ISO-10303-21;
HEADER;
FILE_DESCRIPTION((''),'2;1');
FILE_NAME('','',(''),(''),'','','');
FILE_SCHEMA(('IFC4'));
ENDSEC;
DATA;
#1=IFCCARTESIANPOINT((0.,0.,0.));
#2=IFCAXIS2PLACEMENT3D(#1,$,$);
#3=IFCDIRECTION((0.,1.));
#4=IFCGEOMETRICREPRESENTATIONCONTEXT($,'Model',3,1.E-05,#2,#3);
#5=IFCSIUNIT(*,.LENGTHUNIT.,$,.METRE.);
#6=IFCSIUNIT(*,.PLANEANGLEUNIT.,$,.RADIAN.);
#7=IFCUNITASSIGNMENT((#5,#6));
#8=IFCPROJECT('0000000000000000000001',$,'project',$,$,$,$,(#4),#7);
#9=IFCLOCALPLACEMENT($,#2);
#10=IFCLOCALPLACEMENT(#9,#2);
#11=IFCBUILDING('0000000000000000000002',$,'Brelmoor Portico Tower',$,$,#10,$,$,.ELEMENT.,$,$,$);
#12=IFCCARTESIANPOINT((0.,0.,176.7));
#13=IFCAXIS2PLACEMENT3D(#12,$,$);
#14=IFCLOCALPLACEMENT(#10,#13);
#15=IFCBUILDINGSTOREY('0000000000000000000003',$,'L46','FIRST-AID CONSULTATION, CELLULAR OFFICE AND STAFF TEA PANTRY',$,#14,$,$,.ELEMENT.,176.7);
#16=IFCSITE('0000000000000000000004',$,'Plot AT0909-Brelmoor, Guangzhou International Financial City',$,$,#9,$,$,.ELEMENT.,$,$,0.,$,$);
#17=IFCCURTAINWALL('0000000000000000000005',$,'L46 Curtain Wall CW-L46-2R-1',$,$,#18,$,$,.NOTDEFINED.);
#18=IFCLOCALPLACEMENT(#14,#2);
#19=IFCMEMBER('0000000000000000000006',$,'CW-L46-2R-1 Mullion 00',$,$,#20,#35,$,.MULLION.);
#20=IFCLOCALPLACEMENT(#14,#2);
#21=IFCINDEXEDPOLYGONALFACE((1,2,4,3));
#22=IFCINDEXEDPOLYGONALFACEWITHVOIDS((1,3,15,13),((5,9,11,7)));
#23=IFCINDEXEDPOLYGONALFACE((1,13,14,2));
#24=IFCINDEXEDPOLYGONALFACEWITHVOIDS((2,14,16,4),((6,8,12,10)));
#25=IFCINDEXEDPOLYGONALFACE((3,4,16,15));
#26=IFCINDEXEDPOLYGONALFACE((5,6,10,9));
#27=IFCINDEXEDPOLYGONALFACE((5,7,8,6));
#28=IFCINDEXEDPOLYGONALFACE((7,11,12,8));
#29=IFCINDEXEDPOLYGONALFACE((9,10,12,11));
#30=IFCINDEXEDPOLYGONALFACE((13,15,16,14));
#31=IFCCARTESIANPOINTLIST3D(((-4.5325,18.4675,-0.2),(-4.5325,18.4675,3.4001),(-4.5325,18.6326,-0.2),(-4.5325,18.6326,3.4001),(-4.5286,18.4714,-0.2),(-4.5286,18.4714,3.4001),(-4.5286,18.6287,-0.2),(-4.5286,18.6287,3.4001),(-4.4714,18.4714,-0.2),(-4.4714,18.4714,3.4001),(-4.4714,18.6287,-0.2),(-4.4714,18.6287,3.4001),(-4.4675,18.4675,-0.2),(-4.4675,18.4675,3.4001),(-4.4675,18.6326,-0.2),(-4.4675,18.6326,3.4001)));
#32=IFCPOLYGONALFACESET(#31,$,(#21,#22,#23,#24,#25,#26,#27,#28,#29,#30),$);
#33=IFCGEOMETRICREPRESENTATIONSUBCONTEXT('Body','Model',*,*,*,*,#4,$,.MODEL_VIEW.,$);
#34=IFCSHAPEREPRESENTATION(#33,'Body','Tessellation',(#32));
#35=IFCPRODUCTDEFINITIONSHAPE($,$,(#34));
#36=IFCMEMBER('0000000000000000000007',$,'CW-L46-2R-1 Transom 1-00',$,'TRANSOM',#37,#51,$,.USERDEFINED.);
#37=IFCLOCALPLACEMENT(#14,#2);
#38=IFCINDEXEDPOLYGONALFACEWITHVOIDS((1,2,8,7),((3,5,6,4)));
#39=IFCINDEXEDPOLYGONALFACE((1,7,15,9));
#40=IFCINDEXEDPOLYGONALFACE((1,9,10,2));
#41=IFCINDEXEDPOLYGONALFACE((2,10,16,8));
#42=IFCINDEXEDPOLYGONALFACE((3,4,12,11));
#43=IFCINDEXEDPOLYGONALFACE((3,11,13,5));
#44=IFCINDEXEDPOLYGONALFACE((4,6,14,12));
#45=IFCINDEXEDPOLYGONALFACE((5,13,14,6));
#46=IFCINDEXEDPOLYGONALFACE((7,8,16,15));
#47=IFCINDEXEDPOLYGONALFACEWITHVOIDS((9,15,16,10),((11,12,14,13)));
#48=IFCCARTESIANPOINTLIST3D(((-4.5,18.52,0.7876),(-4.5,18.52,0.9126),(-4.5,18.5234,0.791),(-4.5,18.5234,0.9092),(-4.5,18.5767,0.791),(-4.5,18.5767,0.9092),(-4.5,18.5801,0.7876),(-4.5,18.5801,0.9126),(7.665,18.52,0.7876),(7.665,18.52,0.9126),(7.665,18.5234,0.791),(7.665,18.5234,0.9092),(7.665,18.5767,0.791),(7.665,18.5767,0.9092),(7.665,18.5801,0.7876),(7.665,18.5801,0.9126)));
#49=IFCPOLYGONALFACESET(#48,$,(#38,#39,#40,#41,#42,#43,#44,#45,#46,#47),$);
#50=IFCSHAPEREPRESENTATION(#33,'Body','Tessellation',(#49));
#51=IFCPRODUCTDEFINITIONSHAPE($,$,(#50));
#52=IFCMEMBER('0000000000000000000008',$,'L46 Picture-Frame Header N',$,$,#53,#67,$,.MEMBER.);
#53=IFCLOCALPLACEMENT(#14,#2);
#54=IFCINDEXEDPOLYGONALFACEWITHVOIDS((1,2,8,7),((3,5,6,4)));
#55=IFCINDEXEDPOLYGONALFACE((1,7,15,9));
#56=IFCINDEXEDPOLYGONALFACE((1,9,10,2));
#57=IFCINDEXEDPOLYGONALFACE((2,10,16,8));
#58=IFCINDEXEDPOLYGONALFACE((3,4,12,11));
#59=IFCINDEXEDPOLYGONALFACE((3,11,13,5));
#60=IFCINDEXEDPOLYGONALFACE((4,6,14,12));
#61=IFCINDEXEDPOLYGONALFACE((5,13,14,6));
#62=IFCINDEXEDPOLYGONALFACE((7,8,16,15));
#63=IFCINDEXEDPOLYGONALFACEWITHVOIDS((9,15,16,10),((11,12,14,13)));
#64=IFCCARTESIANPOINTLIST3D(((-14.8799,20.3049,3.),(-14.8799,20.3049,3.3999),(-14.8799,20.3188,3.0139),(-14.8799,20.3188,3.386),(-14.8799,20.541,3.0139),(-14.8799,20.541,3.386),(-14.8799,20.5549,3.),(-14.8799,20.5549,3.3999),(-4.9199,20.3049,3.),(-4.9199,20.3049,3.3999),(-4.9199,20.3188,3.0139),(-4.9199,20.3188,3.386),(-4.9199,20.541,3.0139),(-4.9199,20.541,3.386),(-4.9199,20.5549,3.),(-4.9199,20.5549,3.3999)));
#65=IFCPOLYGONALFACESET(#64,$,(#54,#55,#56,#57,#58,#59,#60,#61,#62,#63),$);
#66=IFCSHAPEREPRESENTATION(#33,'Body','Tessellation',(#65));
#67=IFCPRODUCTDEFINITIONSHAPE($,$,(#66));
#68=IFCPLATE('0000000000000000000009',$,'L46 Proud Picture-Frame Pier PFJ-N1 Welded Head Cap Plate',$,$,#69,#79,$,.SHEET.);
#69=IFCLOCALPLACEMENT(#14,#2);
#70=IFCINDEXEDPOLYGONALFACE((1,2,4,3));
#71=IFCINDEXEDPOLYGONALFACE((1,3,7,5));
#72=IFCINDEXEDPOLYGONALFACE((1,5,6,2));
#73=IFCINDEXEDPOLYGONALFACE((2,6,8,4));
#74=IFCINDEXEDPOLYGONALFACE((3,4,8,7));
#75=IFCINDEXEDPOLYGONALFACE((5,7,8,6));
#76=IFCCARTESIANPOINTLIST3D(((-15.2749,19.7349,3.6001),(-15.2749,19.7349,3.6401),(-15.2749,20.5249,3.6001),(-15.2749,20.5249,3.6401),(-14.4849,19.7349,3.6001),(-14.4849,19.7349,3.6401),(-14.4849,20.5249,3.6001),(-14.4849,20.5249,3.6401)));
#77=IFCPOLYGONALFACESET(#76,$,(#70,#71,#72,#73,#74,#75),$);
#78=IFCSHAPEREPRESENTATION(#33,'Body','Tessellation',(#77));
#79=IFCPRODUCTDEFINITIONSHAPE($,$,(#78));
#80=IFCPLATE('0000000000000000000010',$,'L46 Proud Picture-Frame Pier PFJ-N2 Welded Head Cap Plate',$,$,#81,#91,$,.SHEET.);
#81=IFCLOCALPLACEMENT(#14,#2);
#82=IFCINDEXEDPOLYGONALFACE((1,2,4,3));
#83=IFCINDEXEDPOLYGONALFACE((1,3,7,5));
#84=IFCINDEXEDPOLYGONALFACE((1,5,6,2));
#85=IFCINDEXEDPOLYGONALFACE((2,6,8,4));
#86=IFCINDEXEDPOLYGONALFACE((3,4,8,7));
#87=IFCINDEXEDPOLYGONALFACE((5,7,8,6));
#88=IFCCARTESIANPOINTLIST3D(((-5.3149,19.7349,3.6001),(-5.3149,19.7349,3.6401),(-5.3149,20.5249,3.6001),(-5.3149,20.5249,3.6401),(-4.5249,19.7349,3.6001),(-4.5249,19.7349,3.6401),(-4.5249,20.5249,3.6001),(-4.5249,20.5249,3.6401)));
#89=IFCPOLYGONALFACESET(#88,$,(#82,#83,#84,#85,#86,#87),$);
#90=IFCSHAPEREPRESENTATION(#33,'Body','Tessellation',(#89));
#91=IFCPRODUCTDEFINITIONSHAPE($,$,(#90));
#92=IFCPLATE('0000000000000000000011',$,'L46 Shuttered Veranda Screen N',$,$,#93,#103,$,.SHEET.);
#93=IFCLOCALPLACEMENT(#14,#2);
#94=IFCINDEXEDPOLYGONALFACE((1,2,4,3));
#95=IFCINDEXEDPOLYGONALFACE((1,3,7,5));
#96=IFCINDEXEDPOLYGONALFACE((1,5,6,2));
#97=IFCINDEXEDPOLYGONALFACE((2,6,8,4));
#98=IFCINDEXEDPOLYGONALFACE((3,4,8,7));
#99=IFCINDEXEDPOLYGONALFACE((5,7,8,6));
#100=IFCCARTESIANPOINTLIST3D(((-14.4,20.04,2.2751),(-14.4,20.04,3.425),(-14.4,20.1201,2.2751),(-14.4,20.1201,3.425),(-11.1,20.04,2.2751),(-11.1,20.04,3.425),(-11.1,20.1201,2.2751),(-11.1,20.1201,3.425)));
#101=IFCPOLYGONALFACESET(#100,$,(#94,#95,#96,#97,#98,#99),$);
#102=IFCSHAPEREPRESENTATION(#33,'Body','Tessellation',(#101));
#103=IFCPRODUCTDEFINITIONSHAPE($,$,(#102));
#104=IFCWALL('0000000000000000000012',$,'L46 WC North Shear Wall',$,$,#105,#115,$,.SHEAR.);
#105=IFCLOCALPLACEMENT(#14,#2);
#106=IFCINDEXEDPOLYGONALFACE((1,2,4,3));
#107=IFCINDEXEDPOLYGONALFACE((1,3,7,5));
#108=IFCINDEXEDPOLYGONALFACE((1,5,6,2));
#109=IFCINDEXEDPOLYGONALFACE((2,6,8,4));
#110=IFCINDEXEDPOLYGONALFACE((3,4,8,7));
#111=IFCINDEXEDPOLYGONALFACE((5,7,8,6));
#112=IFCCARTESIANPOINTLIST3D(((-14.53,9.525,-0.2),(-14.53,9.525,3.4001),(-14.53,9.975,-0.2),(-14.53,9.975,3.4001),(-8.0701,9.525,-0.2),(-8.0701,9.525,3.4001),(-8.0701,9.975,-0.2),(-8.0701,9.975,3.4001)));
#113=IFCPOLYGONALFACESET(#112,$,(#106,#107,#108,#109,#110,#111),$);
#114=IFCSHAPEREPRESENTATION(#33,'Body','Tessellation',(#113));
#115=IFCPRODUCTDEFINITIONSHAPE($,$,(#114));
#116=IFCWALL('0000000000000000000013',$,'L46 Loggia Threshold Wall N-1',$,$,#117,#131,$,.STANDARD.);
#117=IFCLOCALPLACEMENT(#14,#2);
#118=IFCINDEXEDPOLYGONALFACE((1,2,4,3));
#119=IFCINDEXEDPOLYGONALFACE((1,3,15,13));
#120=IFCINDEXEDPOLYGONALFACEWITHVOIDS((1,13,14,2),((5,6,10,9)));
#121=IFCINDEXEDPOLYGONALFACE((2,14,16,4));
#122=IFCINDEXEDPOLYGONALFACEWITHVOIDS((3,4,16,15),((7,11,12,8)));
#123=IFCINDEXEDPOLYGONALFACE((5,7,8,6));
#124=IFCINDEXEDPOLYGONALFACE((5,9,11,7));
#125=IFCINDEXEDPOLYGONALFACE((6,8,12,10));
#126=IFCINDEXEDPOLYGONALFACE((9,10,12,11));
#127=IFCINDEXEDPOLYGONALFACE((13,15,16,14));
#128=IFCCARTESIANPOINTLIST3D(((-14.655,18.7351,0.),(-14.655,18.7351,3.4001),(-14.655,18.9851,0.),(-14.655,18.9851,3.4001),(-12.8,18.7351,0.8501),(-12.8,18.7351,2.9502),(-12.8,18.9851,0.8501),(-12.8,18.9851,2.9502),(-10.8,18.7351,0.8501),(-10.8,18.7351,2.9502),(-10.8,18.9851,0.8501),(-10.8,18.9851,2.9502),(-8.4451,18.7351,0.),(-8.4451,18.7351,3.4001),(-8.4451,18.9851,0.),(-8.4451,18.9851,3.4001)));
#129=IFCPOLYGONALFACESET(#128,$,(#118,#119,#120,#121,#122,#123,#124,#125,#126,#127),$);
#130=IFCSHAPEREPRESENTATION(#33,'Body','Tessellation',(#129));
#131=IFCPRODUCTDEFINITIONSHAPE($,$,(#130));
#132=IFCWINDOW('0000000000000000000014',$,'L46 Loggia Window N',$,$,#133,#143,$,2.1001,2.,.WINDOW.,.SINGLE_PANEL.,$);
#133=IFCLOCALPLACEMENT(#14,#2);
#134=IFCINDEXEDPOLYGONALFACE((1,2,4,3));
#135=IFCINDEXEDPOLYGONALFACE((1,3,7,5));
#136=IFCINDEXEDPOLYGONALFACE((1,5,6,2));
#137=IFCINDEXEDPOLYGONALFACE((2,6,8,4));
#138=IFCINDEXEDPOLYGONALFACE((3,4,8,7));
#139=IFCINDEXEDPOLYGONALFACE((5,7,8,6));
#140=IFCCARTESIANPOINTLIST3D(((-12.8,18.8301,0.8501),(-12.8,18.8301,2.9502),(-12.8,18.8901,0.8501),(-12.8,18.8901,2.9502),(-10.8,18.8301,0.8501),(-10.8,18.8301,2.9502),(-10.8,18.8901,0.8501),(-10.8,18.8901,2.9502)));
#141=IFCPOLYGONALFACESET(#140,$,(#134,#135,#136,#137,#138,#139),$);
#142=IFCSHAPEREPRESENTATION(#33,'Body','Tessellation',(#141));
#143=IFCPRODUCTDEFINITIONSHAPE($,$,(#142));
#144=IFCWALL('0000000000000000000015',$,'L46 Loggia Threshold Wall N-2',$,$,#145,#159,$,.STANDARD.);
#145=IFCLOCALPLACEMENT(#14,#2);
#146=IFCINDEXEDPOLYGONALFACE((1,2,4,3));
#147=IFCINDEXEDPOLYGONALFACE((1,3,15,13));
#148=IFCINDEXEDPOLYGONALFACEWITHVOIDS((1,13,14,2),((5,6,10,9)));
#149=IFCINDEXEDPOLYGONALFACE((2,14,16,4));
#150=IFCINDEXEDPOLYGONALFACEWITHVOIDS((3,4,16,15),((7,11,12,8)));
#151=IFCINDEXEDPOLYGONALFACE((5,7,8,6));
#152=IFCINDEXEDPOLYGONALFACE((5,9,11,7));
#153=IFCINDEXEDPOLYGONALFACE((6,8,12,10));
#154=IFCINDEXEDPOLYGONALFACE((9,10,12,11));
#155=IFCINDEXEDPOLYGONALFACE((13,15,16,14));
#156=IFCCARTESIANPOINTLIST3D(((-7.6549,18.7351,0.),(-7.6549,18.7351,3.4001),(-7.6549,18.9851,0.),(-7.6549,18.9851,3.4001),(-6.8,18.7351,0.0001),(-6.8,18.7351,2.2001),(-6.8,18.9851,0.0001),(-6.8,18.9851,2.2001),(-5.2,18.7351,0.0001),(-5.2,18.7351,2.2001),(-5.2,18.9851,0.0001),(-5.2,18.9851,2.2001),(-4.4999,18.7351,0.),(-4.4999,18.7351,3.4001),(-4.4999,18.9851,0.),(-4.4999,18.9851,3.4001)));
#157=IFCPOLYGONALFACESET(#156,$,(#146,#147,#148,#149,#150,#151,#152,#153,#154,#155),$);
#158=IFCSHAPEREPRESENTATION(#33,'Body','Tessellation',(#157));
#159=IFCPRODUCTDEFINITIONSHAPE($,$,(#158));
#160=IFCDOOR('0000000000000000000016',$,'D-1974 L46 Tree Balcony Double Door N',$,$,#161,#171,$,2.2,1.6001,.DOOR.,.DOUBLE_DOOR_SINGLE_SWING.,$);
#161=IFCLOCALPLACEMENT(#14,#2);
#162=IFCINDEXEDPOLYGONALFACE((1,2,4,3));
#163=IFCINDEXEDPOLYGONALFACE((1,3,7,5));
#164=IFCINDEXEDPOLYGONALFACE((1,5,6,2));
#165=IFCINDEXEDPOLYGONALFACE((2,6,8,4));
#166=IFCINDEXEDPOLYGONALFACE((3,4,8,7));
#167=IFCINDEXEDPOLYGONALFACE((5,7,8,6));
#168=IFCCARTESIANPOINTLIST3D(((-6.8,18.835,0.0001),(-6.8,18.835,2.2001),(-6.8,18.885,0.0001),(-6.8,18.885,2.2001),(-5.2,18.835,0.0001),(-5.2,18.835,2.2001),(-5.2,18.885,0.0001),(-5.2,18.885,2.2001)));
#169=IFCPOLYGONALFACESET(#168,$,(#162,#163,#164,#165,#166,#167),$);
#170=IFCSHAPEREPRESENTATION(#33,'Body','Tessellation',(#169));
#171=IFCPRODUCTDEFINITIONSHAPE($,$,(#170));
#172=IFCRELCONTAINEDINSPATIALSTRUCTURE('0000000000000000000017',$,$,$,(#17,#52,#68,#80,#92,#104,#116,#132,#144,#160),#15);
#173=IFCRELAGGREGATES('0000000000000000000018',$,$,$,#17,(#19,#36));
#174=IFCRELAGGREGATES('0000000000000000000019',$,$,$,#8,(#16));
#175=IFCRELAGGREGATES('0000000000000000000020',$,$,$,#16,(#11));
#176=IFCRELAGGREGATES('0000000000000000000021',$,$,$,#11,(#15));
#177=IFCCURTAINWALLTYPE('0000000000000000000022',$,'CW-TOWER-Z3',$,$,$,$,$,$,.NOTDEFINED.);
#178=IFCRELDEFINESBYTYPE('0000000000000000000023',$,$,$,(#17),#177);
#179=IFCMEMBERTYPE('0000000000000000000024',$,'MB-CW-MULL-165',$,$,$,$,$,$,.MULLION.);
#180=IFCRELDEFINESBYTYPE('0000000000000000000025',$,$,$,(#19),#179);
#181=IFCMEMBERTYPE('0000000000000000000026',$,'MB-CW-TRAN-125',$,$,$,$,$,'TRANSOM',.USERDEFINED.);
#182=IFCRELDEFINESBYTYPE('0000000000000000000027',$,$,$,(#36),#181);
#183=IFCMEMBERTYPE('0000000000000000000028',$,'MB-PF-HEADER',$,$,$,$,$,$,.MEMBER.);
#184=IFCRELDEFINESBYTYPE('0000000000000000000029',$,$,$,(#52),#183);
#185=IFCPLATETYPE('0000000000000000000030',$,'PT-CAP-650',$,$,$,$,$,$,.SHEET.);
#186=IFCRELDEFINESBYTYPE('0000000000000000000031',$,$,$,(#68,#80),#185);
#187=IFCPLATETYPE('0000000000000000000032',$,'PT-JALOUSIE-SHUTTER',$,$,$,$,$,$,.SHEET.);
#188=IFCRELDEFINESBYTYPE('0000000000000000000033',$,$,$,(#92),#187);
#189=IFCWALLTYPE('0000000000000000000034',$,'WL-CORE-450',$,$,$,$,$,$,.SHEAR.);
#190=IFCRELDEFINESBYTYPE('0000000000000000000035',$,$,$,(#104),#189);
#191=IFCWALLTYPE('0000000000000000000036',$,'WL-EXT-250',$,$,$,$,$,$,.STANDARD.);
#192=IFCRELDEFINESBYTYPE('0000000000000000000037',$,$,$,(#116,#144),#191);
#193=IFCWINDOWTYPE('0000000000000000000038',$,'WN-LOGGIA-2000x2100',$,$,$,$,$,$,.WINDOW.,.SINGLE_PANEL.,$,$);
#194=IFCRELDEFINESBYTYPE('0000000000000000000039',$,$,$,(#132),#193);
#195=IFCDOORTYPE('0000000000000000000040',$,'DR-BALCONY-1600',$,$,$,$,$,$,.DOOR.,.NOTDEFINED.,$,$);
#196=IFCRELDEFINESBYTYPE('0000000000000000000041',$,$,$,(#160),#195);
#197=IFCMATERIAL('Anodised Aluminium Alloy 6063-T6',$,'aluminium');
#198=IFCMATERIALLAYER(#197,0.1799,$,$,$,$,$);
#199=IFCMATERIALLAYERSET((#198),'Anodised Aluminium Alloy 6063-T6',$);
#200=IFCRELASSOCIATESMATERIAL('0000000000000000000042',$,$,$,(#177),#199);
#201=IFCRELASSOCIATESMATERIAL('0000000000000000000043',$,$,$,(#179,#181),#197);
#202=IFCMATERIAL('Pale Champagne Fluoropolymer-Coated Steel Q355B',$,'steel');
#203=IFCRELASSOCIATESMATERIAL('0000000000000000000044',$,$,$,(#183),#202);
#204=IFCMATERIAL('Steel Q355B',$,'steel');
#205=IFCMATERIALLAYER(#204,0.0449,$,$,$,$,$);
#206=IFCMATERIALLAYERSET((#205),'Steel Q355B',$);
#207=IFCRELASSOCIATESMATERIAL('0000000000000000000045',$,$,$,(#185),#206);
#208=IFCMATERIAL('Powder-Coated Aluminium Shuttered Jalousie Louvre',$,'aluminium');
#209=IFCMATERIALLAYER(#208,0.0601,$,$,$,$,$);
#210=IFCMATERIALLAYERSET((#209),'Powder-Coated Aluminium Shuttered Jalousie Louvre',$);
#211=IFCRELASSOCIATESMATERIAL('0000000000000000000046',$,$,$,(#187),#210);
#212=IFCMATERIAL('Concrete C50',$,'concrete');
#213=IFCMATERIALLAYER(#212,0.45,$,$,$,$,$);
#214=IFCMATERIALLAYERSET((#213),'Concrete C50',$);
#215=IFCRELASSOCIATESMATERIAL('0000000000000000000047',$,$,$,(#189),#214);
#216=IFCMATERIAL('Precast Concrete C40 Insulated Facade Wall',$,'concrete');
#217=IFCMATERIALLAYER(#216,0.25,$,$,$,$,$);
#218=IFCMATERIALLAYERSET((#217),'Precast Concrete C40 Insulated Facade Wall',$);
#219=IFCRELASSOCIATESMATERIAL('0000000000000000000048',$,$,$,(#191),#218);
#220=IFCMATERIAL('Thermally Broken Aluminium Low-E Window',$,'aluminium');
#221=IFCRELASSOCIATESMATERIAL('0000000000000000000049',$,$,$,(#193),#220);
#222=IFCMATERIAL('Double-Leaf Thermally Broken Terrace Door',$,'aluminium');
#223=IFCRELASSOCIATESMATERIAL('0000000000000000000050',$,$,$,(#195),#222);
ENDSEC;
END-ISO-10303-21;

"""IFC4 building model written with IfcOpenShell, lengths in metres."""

from ifc_helpers import new_model, si_unit, direction, frame, frame_2d, origin, origin_2d, place, context, subcontext, project, spatial, rectangle, hollow_rectangle, extrude, material, layer, layer_set, material_profile, profile_set, type_object, element, fill, aggregate, save


model = new_model("IFC4")

# Units and contexts
model_context = context("Model", 3, precision=1e-05, world=origin(), true_north=direction((0.0, 1.0)))
body_context = subcontext(model_context, "Body", "Model", "MODEL_VIEW")
ifc_project = project(units=[si_unit("LENGTHUNIT", "METRE"), si_unit("PLANEANGLEUNIT", "RADIAN")], contexts=[model_context])

# Site, building, storey
site_placement = place(None, origin())
site = spatial("IfcSite", under=ifc_project, at=site_placement, Name="Plot AT0909-Brelmoor, Guangzhou International Financial City", CompositionType="ELEMENT", RefElevation=0.0)
building_placement = place(site_placement, origin())
building = spatial("IfcBuilding", under=site, at=building_placement, Name="Brelmoor Portico Tower", CompositionType="ELEMENT")
storey_placement = place(building_placement, frame((0.0, 0.0, 176.7)))
storey = spatial("IfcBuildingStorey", under=building, at=storey_placement, Name="L46", Description="FIRST-AID CONSULTATION, CELLULAR OFFICE AND STAFF TEA PANTRY", CompositionType="ELEMENT", Elevation=176.7)

# Shared definitions
ifc_material_1 = material(Name="Steel Q355B", Category="steel")

# Curtain wall, members
ifc_material_2 = material(Name="Anodised Aluminium Alloy 6063-T6", Category="aluminium")
ifc_layer_1 = layer(ifc_material_2, 0.1799)
ifc_layer_set_1 = layer_set([ifc_layer_1], Name="Anodised Aluminium Alloy 6063-T6")
curtain_wall_type = type_object("IfcCurtainWallType", Name="CW-TOWER-Z3", PredefinedType="NOTDEFINED", material=ifc_layer_set_1)
curtain_wall_placement = place(storey_placement, origin())
curtain_wall = element("IfcCurtainWall", 1, at=curtain_wall_placement, inside=storey, type_object=curtain_wall_type, Name="L46 Curtain Wall CW-L46-2R-1", PredefinedType="NOTDEFINED")
ifc_material_profile_1 = material_profile(ifc_material_2, hollow_rectangle(XDim=0.0649, YDim=0.165, WallThickness=0.0039, at=origin_2d()), Name="ALU MULLION 65x165")
ifc_profile_set_1 = profile_set([ifc_material_profile_1], Name="Anodised Aluminium Alloy 6063-T6")
member_type_1 = type_object("IfcMemberType", Name="MB-CW-MULL-165", PredefinedType="MULLION", material=ifc_profile_set_1)
member_1_placement = place(storey_placement, frame((-4.5, 18.55, -0.2), z_axis=(0.0, 0.0, 1.0), x_axis=(1.0, 0.0, 0.0)))
member_1 = element("IfcMember", 2, at=member_1_placement, type_object=member_type_1, Name="CW-L46-2R-1 Mullion 00", PredefinedType="MULLION", context=body_context, shape_type="SweptSolid", body=[
    extrude(hollow_rectangle(XDim=0.0649, YDim=0.165, WallThickness=0.0039, at=origin_2d()), origin(), (0.0, 0.0, 1.0), 3.6001),
])
ifc_material_profile_2 = material_profile(ifc_material_2, hollow_rectangle(XDim=0.0601, YDim=0.125, WallThickness=0.0034, at=origin_2d()), Name="ALU TRANSOM 60x125")
ifc_profile_set_2 = profile_set([ifc_material_profile_2], Name="Anodised Aluminium Alloy 6063-T6")
member_type_2 = type_object("IfcMemberType", Name="MB-CW-TRAN-125", ElementType="TRANSOM", PredefinedType="USERDEFINED", material=ifc_profile_set_2)
member_2_placement = place(storey_placement, frame((-4.5, 18.55, 0.8501), z_axis=(1.0, 0.0, 0.0), x_axis=(0.0, 1.0, 0.0)))
member_2 = element("IfcMember", 3, at=member_2_placement, type_object=member_type_2, Name="CW-L46-2R-1 Transom 1-00", ObjectType="TRANSOM", PredefinedType="USERDEFINED", context=body_context, shape_type="SweptSolid", body=[
    extrude(hollow_rectangle(XDim=0.0601, YDim=0.125, WallThickness=0.0034, at=origin_2d()), origin(), (0.0, 0.0, 1.0), 12.165),
])
aggregate(curtain_wall, [member_1, member_2])

# Member
ifc_material_3 = material(Name="Pale Champagne Fluoropolymer-Coated Steel Q355B", Category="steel")
ifc_material_profile_3 = material_profile(ifc_material_3, hollow_rectangle(XDim=0.25, YDim=0.3999, WallThickness=0.0139, at=origin_2d()), Name="RHS 250x400x14")
ifc_profile_set_3 = profile_set([ifc_material_profile_3], Name="Pale Champagne Fluoropolymer-Coated Steel Q355B")
member_type_3 = type_object("IfcMemberType", Name="MB-PF-HEADER", PredefinedType="MEMBER", material=ifc_profile_set_3)
member_3_placement = place(storey_placement, frame((-14.8799, 20.4299, 3.2), z_axis=(1.0, 0.0, 0.0), x_axis=(0.0, 1.0, 0.0)))
element("IfcMember", 4, at=member_3_placement, inside=storey, type_object=member_type_3, Name="L46 Picture-Frame Header N", PredefinedType="MEMBER", context=body_context, shape_type="SweptSolid", body=[
    extrude(hollow_rectangle(XDim=0.25, YDim=0.3999, WallThickness=0.0139, at=origin_2d()), origin(), (0.0, 0.0, 1.0), 9.96),
])

# Plates
ifc_layer_2 = layer(ifc_material_1, 0.0449)
ifc_layer_set_2 = layer_set([ifc_layer_2], Name="Steel Q355B")
plate_type_1 = type_object("IfcPlateType", Name="PT-CAP-650", PredefinedType="SHEET", material=ifc_layer_set_2)
for number, where, z_axis, x_axis, name in (
    (5, (-14.8799, 20.1299, 3.6001), (0.0, 0.0, 1.0), (1.0, 0.0, 0.0), "L46 Proud Picture-Frame Pier PFJ-N1 Welded Head Cap Plate"),
    (6, (-4.9199, 20.1299, 3.6001), (0.0, 0.0, 1.0), (1.0, 0.0, 0.0), "L46 Proud Picture-Frame Pier PFJ-N2 Welded Head Cap Plate"),
):
    element("IfcPlate", number, at=place(storey_placement, frame(where, z_axis=z_axis, x_axis=x_axis)), inside=storey, type_object=plate_type_1, Name=name, PredefinedType="SHEET", context=body_context, shape_type="SweptSolid", body=[
        extrude(rectangle(XDim=0.79, YDim=0.79, at=origin_2d()), origin(), (0.0, 0.0, 1.0), 0.04),
    ])
ifc_material_4 = material(Name="Powder-Coated Aluminium Shuttered Jalousie Louvre", Category="aluminium")
ifc_layer_3 = layer(ifc_material_4, 0.0601)
ifc_layer_set_3 = layer_set([ifc_layer_3], Name="Powder-Coated Aluminium Shuttered Jalousie Louvre")
plate_type_2 = type_object("IfcPlateType", Name="PT-JALOUSIE-SHUTTER", PredefinedType="SHEET", material=ifc_layer_set_3)
plate_placement = place(storey_placement, frame((-12.75, 20.0801, 2.2751), z_axis=(0.0, 0.0, 1.0), x_axis=(1.0, 0.0, 0.0)))
element("IfcPlate", 7, at=plate_placement, inside=storey, type_object=plate_type_2, Name="L46 Shuttered Veranda Screen N", PredefinedType="SHEET", context=body_context, shape_type="SweptSolid", body=[
    extrude(rectangle(XDim=3.3, YDim=0.0801, at=origin_2d()), origin(), (0.0, 0.0, 1.0), 1.1499),
])

# Wall
ifc_material_5 = material(Name="Concrete C50", Category="concrete")
ifc_layer_4 = layer(ifc_material_5, 0.45)
ifc_layer_set_4 = layer_set([ifc_layer_4], Name="Concrete C50")
wall_type_1 = type_object("IfcWallType", Name="WL-CORE-450", PredefinedType="SHEAR", material=ifc_layer_set_4)
wall_1_placement = place(storey_placement, frame((-14.53, 9.75, -0.2), z_axis=(0.0, 0.0, 1.0), x_axis=(1.0, 0.0, 0.0)))
element("IfcWall", 8, at=wall_1_placement, inside=storey, type_object=wall_type_1, Name="L46 WC North Shear Wall", PredefinedType="SHEAR", context=body_context, shape_type="SweptSolid", body=[
    extrude(rectangle(XDim=6.46, YDim=0.45, at=frame_2d((3.23, 0.0))), origin(), (0.0, 0.0, 1.0), 3.6001),
])

# Wall, opening, window
ifc_material_6 = material(Name="Precast Concrete C40 Insulated Facade Wall", Category="concrete")
ifc_layer_5 = layer(ifc_material_6, 0.25)
ifc_layer_set_5 = layer_set([ifc_layer_5], Name="Precast Concrete C40 Insulated Facade Wall")
wall_type_2 = type_object("IfcWallType", Name="WL-EXT-250", PredefinedType="STANDARD", material=ifc_layer_set_5)
wall_2_placement = place(storey_placement, frame((-14.655, 18.8601, 0.0), z_axis=(0.0, 0.0, 1.0), x_axis=(1.0, 0.0, 0.0)))
wall_2 = element("IfcWall", 9, at=wall_2_placement, inside=storey, type_object=wall_type_2, Name="L46 Loggia Threshold Wall N-1", PredefinedType="STANDARD", context=body_context, shape_type="SweptSolid", body=[
    extrude(rectangle(XDim=6.21, YDim=0.25, at=frame_2d((3.105, 0.0))), origin(), (0.0, 0.0, 1.0), 3.4001),
])
opening_1_placement = place(wall_2_placement, frame((1.855, 0.0, 0.8501)))
opening_1 = element("IfcOpeningElement", 10, at=opening_1_placement, cuts=wall_2, PredefinedType="OPENING", context=body_context, shape_type="SweptSolid", body=[
    extrude(rectangle(XDim=2.0, YDim=2.1001, at=frame_2d((1.0, 1.05))), frame((0.0, 0.135, 0.0), z_axis=(0.0, -1.0, 0.0), x_axis=(1.0, 0.0, 0.0)), (0.0, 0.0, 1.0), 0.27),
])
ifc_material_7 = material(Name="Thermally Broken Aluminium Low-E Window", Category="aluminium")
window_type = type_object("IfcWindowType", Name="WN-LOGGIA-2000x2100", PartitioningType="SINGLE_PANEL", PredefinedType="WINDOW", material=ifc_material_7)
window_placement = place(opening_1_placement, origin())
window = element("IfcWindow", 11, at=window_placement, inside=storey, type_object=window_type, Name="L46 Loggia Window N", OverallHeight=2.1001, OverallWidth=2.0, PartitioningType="SINGLE_PANEL", PredefinedType="WINDOW", context=body_context, shape_type="SweptSolid", body=[
    extrude(rectangle(XDim=2.0, YDim=2.1001, at=frame_2d((1.0, 1.05))), frame((0.0, 0.03, 0.0), z_axis=(0.0, -1.0, 0.0), x_axis=(1.0, 0.0, 0.0)), (0.0, 0.0, 1.0), 0.0601),
])
fill(opening_1, window)

# Wall, opening, door
wall_3_placement = place(storey_placement, frame((-7.655, 18.8601, 0.0), z_axis=(0.0, 0.0, 1.0), x_axis=(1.0, 0.0, 0.0)))
wall_3 = element("IfcWall", 12, at=wall_3_placement, inside=storey, type_object=wall_type_2, Name="L46 Loggia Threshold Wall N-2", PredefinedType="STANDARD", context=body_context, shape_type="SweptSolid", body=[
    extrude(rectangle(XDim=3.155, YDim=0.25, at=frame_2d((1.5776, 0.0))), origin(), (0.0, 0.0, 1.0), 3.4001),
])
opening_2_placement = place(wall_3_placement, frame((0.855, 0.0, 0.0)))
opening_2 = element("IfcOpeningElement", 13, at=opening_2_placement, cuts=wall_3, PredefinedType="OPENING", context=body_context, shape_type="SweptSolid", body=[
    extrude(rectangle(XDim=1.6001, YDim=2.2, at=frame_2d((0.8, 1.1001))), frame((0.0, 0.135, 0.0), z_axis=(0.0, -1.0, 0.0), x_axis=(1.0, 0.0, 0.0)), (0.0, 0.0, 1.0), 0.27),
])
ifc_material_8 = material(Name="Double-Leaf Thermally Broken Terrace Door", Category="aluminium")
door_type = type_object("IfcDoorType", Name="DR-BALCONY-1600", OperationType="NOTDEFINED", PredefinedType="DOOR", material=ifc_material_8)
door_placement = place(opening_2_placement, origin())
door = element("IfcDoor", 14, at=door_placement, inside=storey, type_object=door_type, Name="D-1974 L46 Tree Balcony Double Door N", OperationType="DOUBLE_DOOR_SINGLE_SWING", OverallHeight=2.2, OverallWidth=1.6001, PredefinedType="DOOR", context=body_context, shape_type="SweptSolid", body=[
    extrude(rectangle(XDim=1.6001, YDim=2.2, at=frame_2d((0.8, 1.1001))), frame((0.0, 0.0249, 0.0), z_axis=(0.0, -1.0, 0.0), x_axis=(1.0, 0.0, 0.0)), (0.0, 0.0, 1.0), 0.05),
])
fill(opening_2, door)

save(model, "model.ifc")
